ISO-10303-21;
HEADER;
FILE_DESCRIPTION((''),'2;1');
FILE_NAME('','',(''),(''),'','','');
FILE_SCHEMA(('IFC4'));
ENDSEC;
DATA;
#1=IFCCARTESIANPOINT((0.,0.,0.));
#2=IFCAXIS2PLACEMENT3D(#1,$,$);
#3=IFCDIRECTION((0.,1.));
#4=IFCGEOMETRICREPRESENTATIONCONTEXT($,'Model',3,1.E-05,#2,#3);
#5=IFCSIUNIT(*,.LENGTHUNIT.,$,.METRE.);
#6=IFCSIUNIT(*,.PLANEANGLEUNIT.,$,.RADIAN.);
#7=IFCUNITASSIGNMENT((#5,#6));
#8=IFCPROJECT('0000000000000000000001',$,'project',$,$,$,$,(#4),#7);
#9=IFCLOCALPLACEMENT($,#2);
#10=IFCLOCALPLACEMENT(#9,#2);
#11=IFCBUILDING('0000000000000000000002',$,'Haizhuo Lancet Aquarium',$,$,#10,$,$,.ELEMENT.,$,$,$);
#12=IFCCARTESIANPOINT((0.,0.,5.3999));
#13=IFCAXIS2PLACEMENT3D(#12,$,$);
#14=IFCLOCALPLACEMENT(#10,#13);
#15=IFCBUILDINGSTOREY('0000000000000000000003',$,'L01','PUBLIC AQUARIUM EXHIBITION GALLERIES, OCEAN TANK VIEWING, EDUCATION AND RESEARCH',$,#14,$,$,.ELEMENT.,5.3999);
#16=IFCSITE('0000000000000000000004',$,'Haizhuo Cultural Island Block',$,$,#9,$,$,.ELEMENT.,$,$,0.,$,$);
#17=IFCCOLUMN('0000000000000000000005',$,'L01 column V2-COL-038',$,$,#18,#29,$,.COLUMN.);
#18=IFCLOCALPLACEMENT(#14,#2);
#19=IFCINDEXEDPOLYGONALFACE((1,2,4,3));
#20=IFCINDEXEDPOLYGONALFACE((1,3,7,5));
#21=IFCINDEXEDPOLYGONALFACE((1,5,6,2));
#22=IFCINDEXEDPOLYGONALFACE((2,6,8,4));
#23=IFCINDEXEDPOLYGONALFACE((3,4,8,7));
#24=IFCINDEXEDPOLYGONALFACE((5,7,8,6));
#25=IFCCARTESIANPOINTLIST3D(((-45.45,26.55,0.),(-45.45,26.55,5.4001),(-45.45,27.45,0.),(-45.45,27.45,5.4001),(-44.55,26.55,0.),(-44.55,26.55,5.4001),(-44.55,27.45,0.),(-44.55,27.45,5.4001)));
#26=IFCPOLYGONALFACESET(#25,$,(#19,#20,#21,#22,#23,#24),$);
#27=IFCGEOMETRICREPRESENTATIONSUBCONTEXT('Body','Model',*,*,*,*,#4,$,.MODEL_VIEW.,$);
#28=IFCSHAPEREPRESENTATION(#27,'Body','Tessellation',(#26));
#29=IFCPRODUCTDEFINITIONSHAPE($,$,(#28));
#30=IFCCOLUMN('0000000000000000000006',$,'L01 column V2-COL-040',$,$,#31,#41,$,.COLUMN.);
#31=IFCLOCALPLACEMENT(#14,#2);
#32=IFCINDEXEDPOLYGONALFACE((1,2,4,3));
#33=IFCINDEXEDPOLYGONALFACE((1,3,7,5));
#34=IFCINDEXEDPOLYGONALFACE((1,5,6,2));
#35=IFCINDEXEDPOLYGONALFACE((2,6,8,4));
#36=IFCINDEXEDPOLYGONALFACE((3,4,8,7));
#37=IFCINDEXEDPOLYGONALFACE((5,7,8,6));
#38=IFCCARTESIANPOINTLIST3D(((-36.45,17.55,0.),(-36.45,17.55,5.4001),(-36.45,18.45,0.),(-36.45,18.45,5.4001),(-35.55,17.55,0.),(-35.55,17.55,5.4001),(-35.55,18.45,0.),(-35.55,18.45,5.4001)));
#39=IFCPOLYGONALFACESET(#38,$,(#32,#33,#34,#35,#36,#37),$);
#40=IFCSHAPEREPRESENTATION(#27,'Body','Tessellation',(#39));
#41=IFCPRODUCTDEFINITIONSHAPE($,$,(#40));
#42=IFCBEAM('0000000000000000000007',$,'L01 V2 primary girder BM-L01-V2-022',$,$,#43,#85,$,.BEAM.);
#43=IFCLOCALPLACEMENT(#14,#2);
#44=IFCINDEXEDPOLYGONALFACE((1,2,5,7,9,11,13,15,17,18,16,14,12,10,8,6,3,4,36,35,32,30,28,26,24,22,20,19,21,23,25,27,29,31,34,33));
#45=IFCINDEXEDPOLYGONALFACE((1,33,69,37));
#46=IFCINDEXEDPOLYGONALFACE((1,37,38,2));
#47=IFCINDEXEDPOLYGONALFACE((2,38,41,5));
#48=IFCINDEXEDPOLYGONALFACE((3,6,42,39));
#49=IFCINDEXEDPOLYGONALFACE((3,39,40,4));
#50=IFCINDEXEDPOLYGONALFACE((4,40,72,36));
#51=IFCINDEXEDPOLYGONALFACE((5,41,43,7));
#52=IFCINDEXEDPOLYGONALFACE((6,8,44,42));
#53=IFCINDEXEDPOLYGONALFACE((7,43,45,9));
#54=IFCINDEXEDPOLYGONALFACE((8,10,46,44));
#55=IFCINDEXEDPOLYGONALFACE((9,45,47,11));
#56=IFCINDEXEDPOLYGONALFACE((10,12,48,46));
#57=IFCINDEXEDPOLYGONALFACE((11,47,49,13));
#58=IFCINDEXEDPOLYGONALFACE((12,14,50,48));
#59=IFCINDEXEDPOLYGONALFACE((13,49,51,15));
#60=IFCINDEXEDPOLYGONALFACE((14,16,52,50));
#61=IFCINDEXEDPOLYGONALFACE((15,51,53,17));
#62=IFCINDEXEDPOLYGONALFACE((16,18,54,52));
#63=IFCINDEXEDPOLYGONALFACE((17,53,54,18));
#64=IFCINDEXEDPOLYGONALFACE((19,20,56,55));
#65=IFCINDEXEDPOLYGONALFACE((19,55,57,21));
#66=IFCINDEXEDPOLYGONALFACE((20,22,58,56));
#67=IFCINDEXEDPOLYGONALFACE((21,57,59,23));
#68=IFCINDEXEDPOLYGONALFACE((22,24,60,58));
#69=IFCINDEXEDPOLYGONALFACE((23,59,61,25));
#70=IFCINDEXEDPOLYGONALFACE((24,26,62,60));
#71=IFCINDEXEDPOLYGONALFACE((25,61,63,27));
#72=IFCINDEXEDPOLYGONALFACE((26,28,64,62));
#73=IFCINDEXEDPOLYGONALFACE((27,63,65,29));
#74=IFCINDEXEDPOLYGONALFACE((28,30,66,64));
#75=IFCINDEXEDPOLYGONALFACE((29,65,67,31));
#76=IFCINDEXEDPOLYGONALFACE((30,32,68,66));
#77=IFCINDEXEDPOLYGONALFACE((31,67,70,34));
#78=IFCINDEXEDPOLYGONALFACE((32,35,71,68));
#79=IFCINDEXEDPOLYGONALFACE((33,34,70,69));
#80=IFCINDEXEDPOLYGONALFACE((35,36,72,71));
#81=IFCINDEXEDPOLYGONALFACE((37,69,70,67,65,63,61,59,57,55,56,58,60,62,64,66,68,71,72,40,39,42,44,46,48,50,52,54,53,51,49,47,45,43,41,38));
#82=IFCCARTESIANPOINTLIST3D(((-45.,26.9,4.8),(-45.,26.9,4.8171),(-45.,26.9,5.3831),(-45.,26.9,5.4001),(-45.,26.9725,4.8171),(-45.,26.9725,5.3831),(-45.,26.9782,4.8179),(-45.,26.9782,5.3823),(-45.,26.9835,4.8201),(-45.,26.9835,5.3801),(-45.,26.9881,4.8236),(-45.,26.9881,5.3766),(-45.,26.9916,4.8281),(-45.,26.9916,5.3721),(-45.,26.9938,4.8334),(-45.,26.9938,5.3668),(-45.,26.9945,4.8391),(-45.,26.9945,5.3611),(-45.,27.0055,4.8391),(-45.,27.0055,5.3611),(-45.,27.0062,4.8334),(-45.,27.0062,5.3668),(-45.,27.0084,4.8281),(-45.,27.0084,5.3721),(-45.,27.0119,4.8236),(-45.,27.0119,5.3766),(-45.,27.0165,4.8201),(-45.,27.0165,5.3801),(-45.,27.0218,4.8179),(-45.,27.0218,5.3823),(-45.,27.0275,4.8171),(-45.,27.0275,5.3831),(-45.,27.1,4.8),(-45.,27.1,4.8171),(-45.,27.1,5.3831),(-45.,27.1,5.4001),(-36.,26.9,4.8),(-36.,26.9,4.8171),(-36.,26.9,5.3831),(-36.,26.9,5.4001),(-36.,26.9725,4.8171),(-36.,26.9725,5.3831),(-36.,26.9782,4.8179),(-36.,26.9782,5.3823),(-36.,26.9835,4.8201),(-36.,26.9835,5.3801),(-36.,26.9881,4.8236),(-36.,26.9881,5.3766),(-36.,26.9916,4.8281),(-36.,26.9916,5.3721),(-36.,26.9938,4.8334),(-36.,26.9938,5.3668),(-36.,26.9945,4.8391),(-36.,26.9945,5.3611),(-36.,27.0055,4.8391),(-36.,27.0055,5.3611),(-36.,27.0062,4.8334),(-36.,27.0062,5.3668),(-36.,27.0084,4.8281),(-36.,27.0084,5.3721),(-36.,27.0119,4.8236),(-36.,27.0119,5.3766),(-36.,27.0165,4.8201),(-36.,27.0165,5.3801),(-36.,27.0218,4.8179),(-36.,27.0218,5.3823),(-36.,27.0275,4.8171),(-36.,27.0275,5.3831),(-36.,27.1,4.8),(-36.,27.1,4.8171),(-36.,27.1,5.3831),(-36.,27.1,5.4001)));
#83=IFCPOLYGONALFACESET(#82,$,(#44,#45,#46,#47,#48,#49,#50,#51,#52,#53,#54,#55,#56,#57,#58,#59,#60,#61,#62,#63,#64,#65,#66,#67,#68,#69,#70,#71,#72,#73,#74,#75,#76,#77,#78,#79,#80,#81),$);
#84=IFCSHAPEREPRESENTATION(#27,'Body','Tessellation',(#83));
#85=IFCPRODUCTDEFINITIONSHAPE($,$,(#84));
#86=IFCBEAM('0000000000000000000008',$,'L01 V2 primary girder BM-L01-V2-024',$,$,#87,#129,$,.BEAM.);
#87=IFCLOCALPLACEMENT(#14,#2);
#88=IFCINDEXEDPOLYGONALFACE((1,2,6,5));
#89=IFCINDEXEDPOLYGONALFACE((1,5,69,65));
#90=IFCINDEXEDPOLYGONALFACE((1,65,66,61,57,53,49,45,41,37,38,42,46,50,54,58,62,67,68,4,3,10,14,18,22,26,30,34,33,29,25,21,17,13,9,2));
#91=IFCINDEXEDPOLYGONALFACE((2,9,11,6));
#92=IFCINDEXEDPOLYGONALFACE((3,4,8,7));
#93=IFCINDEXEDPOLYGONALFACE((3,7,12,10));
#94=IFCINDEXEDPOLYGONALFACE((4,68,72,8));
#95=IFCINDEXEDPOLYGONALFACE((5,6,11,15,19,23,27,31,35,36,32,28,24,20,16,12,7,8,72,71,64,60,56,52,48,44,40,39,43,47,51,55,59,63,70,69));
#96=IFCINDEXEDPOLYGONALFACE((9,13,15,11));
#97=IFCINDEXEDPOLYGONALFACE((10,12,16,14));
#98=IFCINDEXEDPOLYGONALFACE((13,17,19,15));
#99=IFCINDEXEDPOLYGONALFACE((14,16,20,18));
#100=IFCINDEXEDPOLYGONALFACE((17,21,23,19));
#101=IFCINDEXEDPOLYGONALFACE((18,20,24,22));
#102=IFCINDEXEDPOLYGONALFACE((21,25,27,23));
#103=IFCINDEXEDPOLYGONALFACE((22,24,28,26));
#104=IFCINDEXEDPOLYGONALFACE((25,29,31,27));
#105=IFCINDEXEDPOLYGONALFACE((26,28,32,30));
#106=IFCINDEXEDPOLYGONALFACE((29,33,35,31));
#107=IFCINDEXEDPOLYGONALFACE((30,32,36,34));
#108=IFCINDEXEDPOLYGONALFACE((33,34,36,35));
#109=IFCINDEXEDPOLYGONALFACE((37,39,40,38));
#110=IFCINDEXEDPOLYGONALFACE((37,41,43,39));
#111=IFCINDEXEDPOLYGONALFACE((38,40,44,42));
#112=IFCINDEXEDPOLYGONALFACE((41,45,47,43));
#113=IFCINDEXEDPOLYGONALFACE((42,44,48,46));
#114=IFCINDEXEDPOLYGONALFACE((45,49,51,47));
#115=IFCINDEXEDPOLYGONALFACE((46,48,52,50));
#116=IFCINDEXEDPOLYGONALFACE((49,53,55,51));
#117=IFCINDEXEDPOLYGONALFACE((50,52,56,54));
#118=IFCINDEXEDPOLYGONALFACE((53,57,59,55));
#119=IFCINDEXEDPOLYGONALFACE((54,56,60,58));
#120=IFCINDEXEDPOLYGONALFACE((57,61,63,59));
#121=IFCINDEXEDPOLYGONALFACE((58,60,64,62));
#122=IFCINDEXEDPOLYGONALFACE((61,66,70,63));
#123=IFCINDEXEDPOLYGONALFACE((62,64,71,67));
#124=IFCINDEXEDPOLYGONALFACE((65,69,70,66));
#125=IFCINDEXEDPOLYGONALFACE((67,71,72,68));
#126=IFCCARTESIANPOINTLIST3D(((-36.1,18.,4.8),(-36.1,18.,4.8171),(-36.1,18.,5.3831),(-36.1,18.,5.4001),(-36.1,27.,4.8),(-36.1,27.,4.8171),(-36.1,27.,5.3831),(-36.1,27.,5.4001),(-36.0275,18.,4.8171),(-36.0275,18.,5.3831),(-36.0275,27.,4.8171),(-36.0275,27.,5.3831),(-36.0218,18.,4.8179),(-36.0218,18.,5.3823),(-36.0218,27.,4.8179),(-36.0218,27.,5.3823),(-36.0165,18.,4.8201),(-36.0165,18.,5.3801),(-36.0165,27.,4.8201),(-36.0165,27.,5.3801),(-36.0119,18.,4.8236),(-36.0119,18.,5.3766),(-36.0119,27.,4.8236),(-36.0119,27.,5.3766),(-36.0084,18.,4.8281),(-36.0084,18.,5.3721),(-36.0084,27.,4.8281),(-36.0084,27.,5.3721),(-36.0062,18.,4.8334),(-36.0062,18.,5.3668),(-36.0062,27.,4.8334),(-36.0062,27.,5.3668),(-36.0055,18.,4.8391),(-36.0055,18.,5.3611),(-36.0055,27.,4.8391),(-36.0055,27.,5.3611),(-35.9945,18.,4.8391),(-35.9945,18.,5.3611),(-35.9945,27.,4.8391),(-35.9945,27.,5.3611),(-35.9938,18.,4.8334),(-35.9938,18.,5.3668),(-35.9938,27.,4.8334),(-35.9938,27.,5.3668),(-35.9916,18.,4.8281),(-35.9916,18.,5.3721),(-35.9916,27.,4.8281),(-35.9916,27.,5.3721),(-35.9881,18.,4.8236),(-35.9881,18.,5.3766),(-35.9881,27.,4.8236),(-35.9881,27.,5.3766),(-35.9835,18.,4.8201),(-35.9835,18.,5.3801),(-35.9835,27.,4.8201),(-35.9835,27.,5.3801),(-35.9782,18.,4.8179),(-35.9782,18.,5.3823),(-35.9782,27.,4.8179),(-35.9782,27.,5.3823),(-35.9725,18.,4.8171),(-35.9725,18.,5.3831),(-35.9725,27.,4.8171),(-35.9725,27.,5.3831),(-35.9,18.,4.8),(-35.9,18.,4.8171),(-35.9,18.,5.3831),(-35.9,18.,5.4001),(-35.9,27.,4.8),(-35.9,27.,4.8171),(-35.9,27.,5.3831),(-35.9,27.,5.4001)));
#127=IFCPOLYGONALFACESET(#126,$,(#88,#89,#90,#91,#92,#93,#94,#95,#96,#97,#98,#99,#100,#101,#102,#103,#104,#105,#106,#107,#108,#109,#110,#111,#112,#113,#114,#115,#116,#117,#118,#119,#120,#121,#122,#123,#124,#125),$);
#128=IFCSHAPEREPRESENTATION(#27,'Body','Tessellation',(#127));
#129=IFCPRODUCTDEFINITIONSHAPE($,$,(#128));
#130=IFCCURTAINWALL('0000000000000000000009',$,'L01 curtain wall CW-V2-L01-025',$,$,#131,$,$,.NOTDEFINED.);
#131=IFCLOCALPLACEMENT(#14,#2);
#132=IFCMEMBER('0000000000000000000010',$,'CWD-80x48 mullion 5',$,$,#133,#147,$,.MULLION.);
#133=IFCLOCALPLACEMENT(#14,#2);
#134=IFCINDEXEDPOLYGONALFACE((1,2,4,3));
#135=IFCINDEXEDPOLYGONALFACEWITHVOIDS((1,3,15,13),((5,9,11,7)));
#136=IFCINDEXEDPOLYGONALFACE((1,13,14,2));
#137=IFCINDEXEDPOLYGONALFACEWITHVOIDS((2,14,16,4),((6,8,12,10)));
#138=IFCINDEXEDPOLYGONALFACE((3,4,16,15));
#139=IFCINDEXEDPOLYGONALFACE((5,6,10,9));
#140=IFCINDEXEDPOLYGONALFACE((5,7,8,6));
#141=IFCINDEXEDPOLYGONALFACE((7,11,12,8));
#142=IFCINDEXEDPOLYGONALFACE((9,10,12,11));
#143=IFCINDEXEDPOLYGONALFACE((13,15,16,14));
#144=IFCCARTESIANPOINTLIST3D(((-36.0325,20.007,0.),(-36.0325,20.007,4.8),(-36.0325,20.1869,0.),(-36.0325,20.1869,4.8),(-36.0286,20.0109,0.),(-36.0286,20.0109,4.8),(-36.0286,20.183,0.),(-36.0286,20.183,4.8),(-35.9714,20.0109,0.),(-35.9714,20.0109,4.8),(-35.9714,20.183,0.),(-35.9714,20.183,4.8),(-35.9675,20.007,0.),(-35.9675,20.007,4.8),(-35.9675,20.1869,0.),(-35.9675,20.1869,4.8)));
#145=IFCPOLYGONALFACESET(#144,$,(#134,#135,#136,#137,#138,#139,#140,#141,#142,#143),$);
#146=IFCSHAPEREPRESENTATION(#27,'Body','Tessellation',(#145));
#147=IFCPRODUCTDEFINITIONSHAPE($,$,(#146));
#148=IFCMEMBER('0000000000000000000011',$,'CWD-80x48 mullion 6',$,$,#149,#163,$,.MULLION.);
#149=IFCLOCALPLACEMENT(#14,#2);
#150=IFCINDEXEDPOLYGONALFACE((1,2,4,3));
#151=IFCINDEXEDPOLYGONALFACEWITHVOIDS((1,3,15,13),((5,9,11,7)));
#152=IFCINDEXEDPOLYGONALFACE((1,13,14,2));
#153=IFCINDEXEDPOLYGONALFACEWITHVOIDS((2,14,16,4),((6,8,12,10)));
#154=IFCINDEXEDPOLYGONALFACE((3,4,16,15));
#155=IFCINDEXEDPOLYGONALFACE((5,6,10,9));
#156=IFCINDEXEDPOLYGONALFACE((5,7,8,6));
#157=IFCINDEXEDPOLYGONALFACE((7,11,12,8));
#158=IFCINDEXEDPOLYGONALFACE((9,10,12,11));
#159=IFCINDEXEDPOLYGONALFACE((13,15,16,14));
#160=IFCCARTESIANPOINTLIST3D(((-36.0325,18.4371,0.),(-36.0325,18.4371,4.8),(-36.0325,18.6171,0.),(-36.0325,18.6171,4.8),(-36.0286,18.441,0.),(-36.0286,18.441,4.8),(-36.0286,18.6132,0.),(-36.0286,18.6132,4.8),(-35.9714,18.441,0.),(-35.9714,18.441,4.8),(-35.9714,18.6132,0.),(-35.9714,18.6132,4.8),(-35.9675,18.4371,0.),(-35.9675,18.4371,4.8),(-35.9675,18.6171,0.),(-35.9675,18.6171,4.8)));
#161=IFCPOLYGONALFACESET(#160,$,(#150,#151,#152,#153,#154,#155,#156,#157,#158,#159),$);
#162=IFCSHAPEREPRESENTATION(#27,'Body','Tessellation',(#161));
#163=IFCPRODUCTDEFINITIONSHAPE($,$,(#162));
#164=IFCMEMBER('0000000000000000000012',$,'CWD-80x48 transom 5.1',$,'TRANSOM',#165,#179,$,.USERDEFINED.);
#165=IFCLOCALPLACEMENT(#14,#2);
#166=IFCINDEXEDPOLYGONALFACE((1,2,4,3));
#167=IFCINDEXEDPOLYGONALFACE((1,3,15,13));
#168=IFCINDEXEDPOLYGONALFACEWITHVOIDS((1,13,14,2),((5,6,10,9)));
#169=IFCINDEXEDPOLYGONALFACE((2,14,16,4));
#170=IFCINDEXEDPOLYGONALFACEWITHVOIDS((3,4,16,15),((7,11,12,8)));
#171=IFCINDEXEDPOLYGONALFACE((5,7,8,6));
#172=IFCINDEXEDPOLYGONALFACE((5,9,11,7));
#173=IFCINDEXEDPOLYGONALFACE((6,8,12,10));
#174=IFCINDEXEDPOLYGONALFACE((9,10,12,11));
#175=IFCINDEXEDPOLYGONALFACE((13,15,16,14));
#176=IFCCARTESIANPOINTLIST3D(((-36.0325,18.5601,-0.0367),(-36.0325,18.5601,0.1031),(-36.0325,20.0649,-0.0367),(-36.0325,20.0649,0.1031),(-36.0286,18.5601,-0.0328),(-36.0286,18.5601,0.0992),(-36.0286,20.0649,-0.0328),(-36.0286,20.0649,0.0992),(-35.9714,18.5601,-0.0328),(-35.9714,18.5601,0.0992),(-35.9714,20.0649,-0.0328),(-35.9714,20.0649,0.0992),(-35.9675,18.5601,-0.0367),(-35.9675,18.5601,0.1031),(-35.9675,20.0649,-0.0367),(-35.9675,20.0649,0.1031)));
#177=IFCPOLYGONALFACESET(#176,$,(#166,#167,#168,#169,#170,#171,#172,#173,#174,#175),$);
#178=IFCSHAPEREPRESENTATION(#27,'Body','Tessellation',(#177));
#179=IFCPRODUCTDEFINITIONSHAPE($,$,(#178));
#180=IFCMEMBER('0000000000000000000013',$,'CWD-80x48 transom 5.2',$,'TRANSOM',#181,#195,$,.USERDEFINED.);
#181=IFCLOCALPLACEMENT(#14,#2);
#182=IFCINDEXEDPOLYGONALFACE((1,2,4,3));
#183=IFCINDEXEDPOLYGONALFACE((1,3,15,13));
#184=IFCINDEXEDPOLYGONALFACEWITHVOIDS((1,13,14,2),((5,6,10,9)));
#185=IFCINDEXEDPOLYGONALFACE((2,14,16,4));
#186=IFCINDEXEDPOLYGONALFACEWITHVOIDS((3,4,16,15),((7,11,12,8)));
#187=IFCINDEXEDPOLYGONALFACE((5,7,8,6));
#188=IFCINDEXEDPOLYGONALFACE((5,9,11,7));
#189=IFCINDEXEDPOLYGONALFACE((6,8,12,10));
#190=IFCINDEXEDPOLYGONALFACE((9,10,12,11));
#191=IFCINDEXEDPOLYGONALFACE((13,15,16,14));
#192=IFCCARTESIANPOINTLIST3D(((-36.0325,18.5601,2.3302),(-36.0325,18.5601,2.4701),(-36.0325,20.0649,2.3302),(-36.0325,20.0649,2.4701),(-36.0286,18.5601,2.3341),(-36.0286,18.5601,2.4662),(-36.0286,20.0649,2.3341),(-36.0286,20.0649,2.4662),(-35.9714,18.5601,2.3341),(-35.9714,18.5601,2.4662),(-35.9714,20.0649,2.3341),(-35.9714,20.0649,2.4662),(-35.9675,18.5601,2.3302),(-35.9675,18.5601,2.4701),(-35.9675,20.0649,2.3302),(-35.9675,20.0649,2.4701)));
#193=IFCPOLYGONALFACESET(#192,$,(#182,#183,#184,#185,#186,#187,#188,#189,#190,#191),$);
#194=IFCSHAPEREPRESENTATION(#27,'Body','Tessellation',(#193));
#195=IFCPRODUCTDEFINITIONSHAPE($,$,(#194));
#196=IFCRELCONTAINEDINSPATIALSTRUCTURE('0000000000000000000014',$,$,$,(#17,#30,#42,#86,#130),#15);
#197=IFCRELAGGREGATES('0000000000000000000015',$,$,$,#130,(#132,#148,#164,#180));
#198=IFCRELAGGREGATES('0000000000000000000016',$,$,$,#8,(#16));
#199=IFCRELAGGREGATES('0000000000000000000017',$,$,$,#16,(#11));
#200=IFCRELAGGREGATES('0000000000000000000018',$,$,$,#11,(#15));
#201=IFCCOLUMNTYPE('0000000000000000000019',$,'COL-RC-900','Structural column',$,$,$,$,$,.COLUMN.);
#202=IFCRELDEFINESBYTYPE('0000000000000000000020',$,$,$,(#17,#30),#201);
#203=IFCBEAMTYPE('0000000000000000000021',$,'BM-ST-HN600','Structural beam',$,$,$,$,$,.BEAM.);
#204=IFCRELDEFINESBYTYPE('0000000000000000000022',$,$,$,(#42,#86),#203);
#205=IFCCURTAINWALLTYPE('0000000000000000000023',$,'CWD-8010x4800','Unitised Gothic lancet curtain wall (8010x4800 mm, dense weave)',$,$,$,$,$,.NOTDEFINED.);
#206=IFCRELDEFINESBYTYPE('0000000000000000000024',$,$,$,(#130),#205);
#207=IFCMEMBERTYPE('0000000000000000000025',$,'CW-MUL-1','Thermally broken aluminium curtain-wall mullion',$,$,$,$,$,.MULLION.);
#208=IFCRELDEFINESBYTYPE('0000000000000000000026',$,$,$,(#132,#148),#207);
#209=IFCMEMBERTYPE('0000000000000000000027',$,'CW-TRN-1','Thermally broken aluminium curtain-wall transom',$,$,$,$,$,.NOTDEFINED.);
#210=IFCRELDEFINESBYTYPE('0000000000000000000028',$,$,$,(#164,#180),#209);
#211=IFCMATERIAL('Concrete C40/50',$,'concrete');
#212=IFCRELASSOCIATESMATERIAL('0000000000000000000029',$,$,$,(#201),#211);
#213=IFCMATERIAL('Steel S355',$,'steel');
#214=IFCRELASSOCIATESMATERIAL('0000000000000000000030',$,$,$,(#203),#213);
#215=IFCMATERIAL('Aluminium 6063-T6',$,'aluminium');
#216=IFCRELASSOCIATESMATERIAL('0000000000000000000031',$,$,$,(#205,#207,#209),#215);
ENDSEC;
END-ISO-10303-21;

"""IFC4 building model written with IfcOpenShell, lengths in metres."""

from ifc_helpers import new_model, si_unit, direction, frame, origin, origin_2d, place, context, subcontext, project, spatial, rectangle, hollow_rectangle, i_section, extrude, material, material_profile, profile_set, type_object, element, aggregate, save


model = new_model("IFC4")

# Units and contexts
model_context = context("Model", 3, precision=1e-05, world=origin(), true_north=direction((0.0, 1.0)))
body_context = subcontext(model_context, "Body", "Model", "MODEL_VIEW")
ifc_project = project(units=[si_unit("LENGTHUNIT", "METRE"), si_unit("PLANEANGLEUNIT", "RADIAN")], contexts=[model_context])

# Site, building, storey
site_placement = place(None, origin())
site = spatial("IfcSite", under=ifc_project, at=site_placement, Name="Haizhuo Cultural Island Block", CompositionType="ELEMENT", RefElevation=0.0)
building_placement = place(site_placement, origin())
building = spatial("IfcBuilding", under=site, at=building_placement, Name="Haizhuo Lancet Aquarium", CompositionType="ELEMENT")
storey_placement = place(building_placement, frame((0.0, 0.0, 5.3999)))
storey = spatial("IfcBuildingStorey", under=building, at=storey_placement, Name="L01", Description="PUBLIC AQUARIUM EXHIBITION GALLERIES, OCEAN TANK VIEWING, EDUCATION AND RESEARCH", CompositionType="ELEMENT", Elevation=5.3999)

# Columns
ifc_material_1 = material(Name="Concrete C40/50", Category="concrete")
ifc_material_profile_1 = material_profile(ifc_material_1, rectangle(XDim=0.8999, YDim=0.8999, at=origin_2d()), Name="RC-COL 900x900")
ifc_profile_set_1 = profile_set([ifc_material_profile_1], Name="Concrete C40/50")
column_type = type_object("IfcColumnType", Name="COL-RC-900", Description="Structural column", PredefinedType="COLUMN", material=ifc_profile_set_1)
for number, where, z_axis, x_axis, name in (
    (1, (-45.0, 27.0, 0.0), (0.0, 0.0, 1.0), (1.0, 0.0, 0.0), "L01 column V2-COL-038"),
    (2, (-36.0, 18.0, 0.0), (0.0, 0.0, 1.0), (1.0, 0.0, 0.0), "L01 column V2-COL-040"),
):
    element("IfcColumn", number, at=place(storey_placement, frame(where, z_axis=z_axis, x_axis=x_axis)), inside=storey, type_object=column_type, Name=name, PredefinedType="COLUMN", context=body_context, shape_type="SweptSolid", body=[
        extrude(rectangle(XDim=0.8999, YDim=0.8999, at=origin_2d()), origin(), (0.0, 0.0, 1.0), 5.4001),
    ])

# Beams
ifc_material_2 = material(Name="Steel S355", Category="steel")
ifc_material_profile_2 = material_profile(ifc_material_2, i_section(OverallWidth=0.2, OverallDepth=0.6001, WebThickness=0.011, FlangeThickness=0.0171, FilletRadius=0.022, at=origin_2d()), Name="HN 600x200x11x17")
ifc_profile_set_2 = profile_set([ifc_material_profile_2], Name="Steel S355")
beam_type = type_object("IfcBeamType", Name="BM-ST-HN600", Description="Structural beam", PredefinedType="BEAM", material=ifc_profile_set_2)
for number, where, z_axis, x_axis, name in (
    (3, (-45.0, 27.0, 5.1001), (1.0, 0.0, 0.0), (0.0, 1.0, 0.0), "L01 V2 primary girder BM-L01-V2-022"),
    (4, (-36.0, 18.0, 5.1001), (0.0, 1.0, 0.0), (-1.0, 0.0, 0.0), "L01 V2 primary girder BM-L01-V2-024"),
):
    element("IfcBeam", number, at=place(storey_placement, frame(where, z_axis=z_axis, x_axis=x_axis)), inside=storey, type_object=beam_type, Name=name, PredefinedType="BEAM", context=body_context, shape_type="SweptSolid", body=[
        extrude(i_section(OverallWidth=0.2, OverallDepth=0.6001, WebThickness=0.011, FlangeThickness=0.0171, FilletRadius=0.022, at=origin_2d()), origin(), (0.0, 0.0, 1.0), 9.0),
    ])

# Curtain wall, members
ifc_material_3 = material(Name="Aluminium 6063-T6", Category="aluminium")
curtain_wall_type = type_object("IfcCurtainWallType", Name="CWD-8010x4800", Description="Unitised Gothic lancet curtain wall (8010x4800 mm, dense weave)", PredefinedType="NOTDEFINED", material=ifc_material_3)
curtain_wall_placement = place(storey_placement, origin())
curtain_wall = element("IfcCurtainWall", 5, at=curtain_wall_placement, inside=storey, type_object=curtain_wall_type, Name="L01 curtain wall CW-V2-L01-025", PredefinedType="NOTDEFINED")
ifc_material_profile_3 = material_profile(ifc_material_3, hollow_rectangle(XDim=0.0649, YDim=0.1799, WallThickness=0.0039, at=origin_2d()), Name="ALU-M 65x180x4")
ifc_profile_set_3 = profile_set([ifc_material_profile_3], Name="Aluminium 6063-T6")
member_type_1 = type_object("IfcMemberType", Name="CW-MUL-1", Description="Thermally broken aluminium curtain-wall mullion", PredefinedType="MULLION", material=ifc_profile_set_3)
member_1_placement = place(storey_placement, frame((-36.0, 20.0969, 0.0), z_axis=(0.0, 0.0, 1.0), x_axis=(1.0, 0.0, 0.0)))
member_1 = element("IfcMember", 6, at=member_1_placement, type_object=member_type_1, Name="CWD-80x48 mullion 5", PredefinedType="MULLION", context=body_context, shape_type="SweptSolid", body=[
    extrude(hollow_rectangle(XDim=0.0649, YDim=0.1799, WallThickness=0.0039, at=origin_2d()), origin(), (0.0, 0.0, 1.0), 4.8),
])
member_2_placement = place(storey_placement, frame((-36.0, 18.5271, 0.0), z_axis=(0.0, 0.0, 1.0), x_axis=(1.0, 0.0, 0.0)))
member_2 = element("IfcMember", 7, at=member_2_placement, type_object=member_type_1, Name="CWD-80x48 mullion 6", PredefinedType="MULLION", context=body_context, shape_type="SweptSolid", body=[
    extrude(hollow_rectangle(XDim=0.0649, YDim=0.1799, WallThickness=0.0039, at=origin_2d()), origin(), (0.0, 0.0, 1.0), 4.8),
])
ifc_material_profile_4 = material_profile(ifc_material_3, hollow_rectangle(XDim=0.0649, YDim=0.1399, WallThickness=0.0039, at=origin_2d()), Name="ALU-T 65x140x4")
ifc_profile_set_4 = profile_set([ifc_material_profile_4], Name="Aluminium 6063-T6")
member_type_2 = type_object("IfcMemberType", Name="CW-TRN-1", Description="Thermally broken aluminium curtain-wall transom", PredefinedType="NOTDEFINED", material=ifc_profile_set_4)
member_3_placement = place(storey_placement, frame((-36.0, 20.0649, 0.0332), z_axis=(0.0, -1.0, 0.0), x_axis=(1.0, 0.0, 0.0)))
member_3 = element("IfcMember", 8, at=member_3_placement, type_object=member_type_2, Name="CWD-80x48 transom 5.1", ObjectType="TRANSOM", PredefinedType="USERDEFINED", context=body_context, shape_type="SweptSolid", body=[
    extrude(hollow_rectangle(XDim=0.0649, YDim=0.1399, WallThickness=0.0039, at=origin_2d()), origin(), (0.0, 0.0, 1.0), 1.5049),
])
member_4_placement = place(storey_placement, frame((-36.0, 20.0649, 2.4001), z_axis=(0.0, -1.0, 0.0), x_axis=(1.0, 0.0, 0.0)))
member_4 = element("IfcMember", 9, at=member_4_placement, type_object=member_type_2, Name="CWD-80x48 transom 5.2", ObjectType="TRANSOM", PredefinedType="USERDEFINED", context=body_context, shape_type="SweptSolid", body=[
    extrude(hollow_rectangle(XDim=0.0649, YDim=0.1399, WallThickness=0.0039, at=origin_2d()), origin(), (0.0, 0.0, 1.0), 1.5049),
])

aggregate(curtain_wall, [member_1, member_2, member_3, member_4])

save(model, "model.ifc")
